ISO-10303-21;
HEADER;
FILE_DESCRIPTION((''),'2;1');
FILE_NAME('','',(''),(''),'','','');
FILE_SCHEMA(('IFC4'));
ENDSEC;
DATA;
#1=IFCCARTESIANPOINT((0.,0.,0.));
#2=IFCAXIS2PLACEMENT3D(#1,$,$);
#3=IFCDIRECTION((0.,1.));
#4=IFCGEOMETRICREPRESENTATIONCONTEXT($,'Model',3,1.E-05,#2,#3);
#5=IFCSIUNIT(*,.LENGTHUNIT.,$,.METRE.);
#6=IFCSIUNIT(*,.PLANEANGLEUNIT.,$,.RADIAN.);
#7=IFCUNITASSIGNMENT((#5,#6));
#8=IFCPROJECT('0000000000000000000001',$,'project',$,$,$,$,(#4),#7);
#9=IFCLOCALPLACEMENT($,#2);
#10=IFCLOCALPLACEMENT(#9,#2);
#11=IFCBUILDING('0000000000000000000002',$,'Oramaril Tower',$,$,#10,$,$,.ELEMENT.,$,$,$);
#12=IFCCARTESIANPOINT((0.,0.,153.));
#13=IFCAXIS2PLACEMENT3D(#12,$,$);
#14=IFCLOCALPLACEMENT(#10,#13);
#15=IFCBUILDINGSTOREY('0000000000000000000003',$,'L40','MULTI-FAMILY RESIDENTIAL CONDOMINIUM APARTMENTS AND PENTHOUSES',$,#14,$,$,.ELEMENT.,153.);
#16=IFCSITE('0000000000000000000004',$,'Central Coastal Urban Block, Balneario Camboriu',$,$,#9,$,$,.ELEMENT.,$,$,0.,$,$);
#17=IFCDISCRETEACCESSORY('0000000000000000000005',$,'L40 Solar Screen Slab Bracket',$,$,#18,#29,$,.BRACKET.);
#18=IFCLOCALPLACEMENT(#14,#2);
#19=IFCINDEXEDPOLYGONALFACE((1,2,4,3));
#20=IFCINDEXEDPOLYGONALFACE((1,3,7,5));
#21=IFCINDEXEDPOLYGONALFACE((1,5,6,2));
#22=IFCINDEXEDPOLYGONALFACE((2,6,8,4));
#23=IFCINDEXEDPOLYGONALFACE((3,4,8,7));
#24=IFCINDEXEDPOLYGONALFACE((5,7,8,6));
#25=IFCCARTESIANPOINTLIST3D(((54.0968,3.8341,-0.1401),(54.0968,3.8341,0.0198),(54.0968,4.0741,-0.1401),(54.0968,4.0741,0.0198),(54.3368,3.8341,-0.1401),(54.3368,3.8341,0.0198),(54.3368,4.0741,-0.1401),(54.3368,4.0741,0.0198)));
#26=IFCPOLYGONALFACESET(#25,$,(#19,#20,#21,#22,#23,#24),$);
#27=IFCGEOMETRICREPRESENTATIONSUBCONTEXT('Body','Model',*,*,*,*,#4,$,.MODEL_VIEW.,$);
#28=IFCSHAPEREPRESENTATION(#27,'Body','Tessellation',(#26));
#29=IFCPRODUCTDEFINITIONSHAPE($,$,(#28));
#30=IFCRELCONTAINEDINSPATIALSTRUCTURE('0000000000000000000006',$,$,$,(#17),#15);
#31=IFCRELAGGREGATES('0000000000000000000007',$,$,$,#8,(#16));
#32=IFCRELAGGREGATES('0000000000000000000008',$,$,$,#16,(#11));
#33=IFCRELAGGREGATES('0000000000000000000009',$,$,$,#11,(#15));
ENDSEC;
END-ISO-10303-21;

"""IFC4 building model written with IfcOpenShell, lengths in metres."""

from ifc_helpers import new_model, si_unit, direction, frame, origin, origin_2d, place, context, subcontext, project, spatial, rectangle, extrude, element, save


model = new_model("IFC4")

# Units and contexts
model_context = context("Model", 3, precision=1e-05, world=origin(), true_north=direction((0.0, 1.0)))
body_context = subcontext(model_context, "Body", "Model", "MODEL_VIEW")
ifc_project = project(units=[si_unit("LENGTHUNIT", "METRE"), si_unit("PLANEANGLEUNIT", "RADIAN")], contexts=[model_context])

# Site, building, storey
site_placement = place(None, origin())
site = spatial("IfcSite", under=ifc_project, at=site_placement, Name="Central Coastal Urban Block, Balneario Camboriu", CompositionType="ELEMENT", RefElevation=0.0)
building_placement = place(site_placement, origin())
building = spatial("IfcBuilding", under=site, at=building_placement, Name="Oramaril Tower", CompositionType="ELEMENT")
storey_placement = place(building_placement, frame((0.0, 0.0, 153.0)))
storey = spatial("IfcBuildingStorey", under=building, at=storey_placement, Name="L40", Description="MULTI-FAMILY RESIDENTIAL CONDOMINIUM APARTMENTS AND PENTHOUSES", CompositionType="ELEMENT", Elevation=153.0)

# Discrete accessory
for number, where, z_axis, x_axis, name in (
    (1, (54.2168, 3.9541, -0.1401), (0.0, 0.0, 1.0), (1.0, 0.0, 0.0), "L40 Solar Screen Slab Bracket"),
):
    element("IfcDiscreteAccessory", number, at=place(storey_placement, frame(where, z_axis=z_axis, x_axis=x_axis)), inside=storey, Name=name, PredefinedType="BRACKET", context=body_context, shape_type="SweptSolid", body=[
        extrude(rectangle(XDim=0.24, YDim=0.24, at=origin_2d()), origin(), (0.0, 0.0, 1.0), 0.1599),
    ])

save(model, "model.ifc")
